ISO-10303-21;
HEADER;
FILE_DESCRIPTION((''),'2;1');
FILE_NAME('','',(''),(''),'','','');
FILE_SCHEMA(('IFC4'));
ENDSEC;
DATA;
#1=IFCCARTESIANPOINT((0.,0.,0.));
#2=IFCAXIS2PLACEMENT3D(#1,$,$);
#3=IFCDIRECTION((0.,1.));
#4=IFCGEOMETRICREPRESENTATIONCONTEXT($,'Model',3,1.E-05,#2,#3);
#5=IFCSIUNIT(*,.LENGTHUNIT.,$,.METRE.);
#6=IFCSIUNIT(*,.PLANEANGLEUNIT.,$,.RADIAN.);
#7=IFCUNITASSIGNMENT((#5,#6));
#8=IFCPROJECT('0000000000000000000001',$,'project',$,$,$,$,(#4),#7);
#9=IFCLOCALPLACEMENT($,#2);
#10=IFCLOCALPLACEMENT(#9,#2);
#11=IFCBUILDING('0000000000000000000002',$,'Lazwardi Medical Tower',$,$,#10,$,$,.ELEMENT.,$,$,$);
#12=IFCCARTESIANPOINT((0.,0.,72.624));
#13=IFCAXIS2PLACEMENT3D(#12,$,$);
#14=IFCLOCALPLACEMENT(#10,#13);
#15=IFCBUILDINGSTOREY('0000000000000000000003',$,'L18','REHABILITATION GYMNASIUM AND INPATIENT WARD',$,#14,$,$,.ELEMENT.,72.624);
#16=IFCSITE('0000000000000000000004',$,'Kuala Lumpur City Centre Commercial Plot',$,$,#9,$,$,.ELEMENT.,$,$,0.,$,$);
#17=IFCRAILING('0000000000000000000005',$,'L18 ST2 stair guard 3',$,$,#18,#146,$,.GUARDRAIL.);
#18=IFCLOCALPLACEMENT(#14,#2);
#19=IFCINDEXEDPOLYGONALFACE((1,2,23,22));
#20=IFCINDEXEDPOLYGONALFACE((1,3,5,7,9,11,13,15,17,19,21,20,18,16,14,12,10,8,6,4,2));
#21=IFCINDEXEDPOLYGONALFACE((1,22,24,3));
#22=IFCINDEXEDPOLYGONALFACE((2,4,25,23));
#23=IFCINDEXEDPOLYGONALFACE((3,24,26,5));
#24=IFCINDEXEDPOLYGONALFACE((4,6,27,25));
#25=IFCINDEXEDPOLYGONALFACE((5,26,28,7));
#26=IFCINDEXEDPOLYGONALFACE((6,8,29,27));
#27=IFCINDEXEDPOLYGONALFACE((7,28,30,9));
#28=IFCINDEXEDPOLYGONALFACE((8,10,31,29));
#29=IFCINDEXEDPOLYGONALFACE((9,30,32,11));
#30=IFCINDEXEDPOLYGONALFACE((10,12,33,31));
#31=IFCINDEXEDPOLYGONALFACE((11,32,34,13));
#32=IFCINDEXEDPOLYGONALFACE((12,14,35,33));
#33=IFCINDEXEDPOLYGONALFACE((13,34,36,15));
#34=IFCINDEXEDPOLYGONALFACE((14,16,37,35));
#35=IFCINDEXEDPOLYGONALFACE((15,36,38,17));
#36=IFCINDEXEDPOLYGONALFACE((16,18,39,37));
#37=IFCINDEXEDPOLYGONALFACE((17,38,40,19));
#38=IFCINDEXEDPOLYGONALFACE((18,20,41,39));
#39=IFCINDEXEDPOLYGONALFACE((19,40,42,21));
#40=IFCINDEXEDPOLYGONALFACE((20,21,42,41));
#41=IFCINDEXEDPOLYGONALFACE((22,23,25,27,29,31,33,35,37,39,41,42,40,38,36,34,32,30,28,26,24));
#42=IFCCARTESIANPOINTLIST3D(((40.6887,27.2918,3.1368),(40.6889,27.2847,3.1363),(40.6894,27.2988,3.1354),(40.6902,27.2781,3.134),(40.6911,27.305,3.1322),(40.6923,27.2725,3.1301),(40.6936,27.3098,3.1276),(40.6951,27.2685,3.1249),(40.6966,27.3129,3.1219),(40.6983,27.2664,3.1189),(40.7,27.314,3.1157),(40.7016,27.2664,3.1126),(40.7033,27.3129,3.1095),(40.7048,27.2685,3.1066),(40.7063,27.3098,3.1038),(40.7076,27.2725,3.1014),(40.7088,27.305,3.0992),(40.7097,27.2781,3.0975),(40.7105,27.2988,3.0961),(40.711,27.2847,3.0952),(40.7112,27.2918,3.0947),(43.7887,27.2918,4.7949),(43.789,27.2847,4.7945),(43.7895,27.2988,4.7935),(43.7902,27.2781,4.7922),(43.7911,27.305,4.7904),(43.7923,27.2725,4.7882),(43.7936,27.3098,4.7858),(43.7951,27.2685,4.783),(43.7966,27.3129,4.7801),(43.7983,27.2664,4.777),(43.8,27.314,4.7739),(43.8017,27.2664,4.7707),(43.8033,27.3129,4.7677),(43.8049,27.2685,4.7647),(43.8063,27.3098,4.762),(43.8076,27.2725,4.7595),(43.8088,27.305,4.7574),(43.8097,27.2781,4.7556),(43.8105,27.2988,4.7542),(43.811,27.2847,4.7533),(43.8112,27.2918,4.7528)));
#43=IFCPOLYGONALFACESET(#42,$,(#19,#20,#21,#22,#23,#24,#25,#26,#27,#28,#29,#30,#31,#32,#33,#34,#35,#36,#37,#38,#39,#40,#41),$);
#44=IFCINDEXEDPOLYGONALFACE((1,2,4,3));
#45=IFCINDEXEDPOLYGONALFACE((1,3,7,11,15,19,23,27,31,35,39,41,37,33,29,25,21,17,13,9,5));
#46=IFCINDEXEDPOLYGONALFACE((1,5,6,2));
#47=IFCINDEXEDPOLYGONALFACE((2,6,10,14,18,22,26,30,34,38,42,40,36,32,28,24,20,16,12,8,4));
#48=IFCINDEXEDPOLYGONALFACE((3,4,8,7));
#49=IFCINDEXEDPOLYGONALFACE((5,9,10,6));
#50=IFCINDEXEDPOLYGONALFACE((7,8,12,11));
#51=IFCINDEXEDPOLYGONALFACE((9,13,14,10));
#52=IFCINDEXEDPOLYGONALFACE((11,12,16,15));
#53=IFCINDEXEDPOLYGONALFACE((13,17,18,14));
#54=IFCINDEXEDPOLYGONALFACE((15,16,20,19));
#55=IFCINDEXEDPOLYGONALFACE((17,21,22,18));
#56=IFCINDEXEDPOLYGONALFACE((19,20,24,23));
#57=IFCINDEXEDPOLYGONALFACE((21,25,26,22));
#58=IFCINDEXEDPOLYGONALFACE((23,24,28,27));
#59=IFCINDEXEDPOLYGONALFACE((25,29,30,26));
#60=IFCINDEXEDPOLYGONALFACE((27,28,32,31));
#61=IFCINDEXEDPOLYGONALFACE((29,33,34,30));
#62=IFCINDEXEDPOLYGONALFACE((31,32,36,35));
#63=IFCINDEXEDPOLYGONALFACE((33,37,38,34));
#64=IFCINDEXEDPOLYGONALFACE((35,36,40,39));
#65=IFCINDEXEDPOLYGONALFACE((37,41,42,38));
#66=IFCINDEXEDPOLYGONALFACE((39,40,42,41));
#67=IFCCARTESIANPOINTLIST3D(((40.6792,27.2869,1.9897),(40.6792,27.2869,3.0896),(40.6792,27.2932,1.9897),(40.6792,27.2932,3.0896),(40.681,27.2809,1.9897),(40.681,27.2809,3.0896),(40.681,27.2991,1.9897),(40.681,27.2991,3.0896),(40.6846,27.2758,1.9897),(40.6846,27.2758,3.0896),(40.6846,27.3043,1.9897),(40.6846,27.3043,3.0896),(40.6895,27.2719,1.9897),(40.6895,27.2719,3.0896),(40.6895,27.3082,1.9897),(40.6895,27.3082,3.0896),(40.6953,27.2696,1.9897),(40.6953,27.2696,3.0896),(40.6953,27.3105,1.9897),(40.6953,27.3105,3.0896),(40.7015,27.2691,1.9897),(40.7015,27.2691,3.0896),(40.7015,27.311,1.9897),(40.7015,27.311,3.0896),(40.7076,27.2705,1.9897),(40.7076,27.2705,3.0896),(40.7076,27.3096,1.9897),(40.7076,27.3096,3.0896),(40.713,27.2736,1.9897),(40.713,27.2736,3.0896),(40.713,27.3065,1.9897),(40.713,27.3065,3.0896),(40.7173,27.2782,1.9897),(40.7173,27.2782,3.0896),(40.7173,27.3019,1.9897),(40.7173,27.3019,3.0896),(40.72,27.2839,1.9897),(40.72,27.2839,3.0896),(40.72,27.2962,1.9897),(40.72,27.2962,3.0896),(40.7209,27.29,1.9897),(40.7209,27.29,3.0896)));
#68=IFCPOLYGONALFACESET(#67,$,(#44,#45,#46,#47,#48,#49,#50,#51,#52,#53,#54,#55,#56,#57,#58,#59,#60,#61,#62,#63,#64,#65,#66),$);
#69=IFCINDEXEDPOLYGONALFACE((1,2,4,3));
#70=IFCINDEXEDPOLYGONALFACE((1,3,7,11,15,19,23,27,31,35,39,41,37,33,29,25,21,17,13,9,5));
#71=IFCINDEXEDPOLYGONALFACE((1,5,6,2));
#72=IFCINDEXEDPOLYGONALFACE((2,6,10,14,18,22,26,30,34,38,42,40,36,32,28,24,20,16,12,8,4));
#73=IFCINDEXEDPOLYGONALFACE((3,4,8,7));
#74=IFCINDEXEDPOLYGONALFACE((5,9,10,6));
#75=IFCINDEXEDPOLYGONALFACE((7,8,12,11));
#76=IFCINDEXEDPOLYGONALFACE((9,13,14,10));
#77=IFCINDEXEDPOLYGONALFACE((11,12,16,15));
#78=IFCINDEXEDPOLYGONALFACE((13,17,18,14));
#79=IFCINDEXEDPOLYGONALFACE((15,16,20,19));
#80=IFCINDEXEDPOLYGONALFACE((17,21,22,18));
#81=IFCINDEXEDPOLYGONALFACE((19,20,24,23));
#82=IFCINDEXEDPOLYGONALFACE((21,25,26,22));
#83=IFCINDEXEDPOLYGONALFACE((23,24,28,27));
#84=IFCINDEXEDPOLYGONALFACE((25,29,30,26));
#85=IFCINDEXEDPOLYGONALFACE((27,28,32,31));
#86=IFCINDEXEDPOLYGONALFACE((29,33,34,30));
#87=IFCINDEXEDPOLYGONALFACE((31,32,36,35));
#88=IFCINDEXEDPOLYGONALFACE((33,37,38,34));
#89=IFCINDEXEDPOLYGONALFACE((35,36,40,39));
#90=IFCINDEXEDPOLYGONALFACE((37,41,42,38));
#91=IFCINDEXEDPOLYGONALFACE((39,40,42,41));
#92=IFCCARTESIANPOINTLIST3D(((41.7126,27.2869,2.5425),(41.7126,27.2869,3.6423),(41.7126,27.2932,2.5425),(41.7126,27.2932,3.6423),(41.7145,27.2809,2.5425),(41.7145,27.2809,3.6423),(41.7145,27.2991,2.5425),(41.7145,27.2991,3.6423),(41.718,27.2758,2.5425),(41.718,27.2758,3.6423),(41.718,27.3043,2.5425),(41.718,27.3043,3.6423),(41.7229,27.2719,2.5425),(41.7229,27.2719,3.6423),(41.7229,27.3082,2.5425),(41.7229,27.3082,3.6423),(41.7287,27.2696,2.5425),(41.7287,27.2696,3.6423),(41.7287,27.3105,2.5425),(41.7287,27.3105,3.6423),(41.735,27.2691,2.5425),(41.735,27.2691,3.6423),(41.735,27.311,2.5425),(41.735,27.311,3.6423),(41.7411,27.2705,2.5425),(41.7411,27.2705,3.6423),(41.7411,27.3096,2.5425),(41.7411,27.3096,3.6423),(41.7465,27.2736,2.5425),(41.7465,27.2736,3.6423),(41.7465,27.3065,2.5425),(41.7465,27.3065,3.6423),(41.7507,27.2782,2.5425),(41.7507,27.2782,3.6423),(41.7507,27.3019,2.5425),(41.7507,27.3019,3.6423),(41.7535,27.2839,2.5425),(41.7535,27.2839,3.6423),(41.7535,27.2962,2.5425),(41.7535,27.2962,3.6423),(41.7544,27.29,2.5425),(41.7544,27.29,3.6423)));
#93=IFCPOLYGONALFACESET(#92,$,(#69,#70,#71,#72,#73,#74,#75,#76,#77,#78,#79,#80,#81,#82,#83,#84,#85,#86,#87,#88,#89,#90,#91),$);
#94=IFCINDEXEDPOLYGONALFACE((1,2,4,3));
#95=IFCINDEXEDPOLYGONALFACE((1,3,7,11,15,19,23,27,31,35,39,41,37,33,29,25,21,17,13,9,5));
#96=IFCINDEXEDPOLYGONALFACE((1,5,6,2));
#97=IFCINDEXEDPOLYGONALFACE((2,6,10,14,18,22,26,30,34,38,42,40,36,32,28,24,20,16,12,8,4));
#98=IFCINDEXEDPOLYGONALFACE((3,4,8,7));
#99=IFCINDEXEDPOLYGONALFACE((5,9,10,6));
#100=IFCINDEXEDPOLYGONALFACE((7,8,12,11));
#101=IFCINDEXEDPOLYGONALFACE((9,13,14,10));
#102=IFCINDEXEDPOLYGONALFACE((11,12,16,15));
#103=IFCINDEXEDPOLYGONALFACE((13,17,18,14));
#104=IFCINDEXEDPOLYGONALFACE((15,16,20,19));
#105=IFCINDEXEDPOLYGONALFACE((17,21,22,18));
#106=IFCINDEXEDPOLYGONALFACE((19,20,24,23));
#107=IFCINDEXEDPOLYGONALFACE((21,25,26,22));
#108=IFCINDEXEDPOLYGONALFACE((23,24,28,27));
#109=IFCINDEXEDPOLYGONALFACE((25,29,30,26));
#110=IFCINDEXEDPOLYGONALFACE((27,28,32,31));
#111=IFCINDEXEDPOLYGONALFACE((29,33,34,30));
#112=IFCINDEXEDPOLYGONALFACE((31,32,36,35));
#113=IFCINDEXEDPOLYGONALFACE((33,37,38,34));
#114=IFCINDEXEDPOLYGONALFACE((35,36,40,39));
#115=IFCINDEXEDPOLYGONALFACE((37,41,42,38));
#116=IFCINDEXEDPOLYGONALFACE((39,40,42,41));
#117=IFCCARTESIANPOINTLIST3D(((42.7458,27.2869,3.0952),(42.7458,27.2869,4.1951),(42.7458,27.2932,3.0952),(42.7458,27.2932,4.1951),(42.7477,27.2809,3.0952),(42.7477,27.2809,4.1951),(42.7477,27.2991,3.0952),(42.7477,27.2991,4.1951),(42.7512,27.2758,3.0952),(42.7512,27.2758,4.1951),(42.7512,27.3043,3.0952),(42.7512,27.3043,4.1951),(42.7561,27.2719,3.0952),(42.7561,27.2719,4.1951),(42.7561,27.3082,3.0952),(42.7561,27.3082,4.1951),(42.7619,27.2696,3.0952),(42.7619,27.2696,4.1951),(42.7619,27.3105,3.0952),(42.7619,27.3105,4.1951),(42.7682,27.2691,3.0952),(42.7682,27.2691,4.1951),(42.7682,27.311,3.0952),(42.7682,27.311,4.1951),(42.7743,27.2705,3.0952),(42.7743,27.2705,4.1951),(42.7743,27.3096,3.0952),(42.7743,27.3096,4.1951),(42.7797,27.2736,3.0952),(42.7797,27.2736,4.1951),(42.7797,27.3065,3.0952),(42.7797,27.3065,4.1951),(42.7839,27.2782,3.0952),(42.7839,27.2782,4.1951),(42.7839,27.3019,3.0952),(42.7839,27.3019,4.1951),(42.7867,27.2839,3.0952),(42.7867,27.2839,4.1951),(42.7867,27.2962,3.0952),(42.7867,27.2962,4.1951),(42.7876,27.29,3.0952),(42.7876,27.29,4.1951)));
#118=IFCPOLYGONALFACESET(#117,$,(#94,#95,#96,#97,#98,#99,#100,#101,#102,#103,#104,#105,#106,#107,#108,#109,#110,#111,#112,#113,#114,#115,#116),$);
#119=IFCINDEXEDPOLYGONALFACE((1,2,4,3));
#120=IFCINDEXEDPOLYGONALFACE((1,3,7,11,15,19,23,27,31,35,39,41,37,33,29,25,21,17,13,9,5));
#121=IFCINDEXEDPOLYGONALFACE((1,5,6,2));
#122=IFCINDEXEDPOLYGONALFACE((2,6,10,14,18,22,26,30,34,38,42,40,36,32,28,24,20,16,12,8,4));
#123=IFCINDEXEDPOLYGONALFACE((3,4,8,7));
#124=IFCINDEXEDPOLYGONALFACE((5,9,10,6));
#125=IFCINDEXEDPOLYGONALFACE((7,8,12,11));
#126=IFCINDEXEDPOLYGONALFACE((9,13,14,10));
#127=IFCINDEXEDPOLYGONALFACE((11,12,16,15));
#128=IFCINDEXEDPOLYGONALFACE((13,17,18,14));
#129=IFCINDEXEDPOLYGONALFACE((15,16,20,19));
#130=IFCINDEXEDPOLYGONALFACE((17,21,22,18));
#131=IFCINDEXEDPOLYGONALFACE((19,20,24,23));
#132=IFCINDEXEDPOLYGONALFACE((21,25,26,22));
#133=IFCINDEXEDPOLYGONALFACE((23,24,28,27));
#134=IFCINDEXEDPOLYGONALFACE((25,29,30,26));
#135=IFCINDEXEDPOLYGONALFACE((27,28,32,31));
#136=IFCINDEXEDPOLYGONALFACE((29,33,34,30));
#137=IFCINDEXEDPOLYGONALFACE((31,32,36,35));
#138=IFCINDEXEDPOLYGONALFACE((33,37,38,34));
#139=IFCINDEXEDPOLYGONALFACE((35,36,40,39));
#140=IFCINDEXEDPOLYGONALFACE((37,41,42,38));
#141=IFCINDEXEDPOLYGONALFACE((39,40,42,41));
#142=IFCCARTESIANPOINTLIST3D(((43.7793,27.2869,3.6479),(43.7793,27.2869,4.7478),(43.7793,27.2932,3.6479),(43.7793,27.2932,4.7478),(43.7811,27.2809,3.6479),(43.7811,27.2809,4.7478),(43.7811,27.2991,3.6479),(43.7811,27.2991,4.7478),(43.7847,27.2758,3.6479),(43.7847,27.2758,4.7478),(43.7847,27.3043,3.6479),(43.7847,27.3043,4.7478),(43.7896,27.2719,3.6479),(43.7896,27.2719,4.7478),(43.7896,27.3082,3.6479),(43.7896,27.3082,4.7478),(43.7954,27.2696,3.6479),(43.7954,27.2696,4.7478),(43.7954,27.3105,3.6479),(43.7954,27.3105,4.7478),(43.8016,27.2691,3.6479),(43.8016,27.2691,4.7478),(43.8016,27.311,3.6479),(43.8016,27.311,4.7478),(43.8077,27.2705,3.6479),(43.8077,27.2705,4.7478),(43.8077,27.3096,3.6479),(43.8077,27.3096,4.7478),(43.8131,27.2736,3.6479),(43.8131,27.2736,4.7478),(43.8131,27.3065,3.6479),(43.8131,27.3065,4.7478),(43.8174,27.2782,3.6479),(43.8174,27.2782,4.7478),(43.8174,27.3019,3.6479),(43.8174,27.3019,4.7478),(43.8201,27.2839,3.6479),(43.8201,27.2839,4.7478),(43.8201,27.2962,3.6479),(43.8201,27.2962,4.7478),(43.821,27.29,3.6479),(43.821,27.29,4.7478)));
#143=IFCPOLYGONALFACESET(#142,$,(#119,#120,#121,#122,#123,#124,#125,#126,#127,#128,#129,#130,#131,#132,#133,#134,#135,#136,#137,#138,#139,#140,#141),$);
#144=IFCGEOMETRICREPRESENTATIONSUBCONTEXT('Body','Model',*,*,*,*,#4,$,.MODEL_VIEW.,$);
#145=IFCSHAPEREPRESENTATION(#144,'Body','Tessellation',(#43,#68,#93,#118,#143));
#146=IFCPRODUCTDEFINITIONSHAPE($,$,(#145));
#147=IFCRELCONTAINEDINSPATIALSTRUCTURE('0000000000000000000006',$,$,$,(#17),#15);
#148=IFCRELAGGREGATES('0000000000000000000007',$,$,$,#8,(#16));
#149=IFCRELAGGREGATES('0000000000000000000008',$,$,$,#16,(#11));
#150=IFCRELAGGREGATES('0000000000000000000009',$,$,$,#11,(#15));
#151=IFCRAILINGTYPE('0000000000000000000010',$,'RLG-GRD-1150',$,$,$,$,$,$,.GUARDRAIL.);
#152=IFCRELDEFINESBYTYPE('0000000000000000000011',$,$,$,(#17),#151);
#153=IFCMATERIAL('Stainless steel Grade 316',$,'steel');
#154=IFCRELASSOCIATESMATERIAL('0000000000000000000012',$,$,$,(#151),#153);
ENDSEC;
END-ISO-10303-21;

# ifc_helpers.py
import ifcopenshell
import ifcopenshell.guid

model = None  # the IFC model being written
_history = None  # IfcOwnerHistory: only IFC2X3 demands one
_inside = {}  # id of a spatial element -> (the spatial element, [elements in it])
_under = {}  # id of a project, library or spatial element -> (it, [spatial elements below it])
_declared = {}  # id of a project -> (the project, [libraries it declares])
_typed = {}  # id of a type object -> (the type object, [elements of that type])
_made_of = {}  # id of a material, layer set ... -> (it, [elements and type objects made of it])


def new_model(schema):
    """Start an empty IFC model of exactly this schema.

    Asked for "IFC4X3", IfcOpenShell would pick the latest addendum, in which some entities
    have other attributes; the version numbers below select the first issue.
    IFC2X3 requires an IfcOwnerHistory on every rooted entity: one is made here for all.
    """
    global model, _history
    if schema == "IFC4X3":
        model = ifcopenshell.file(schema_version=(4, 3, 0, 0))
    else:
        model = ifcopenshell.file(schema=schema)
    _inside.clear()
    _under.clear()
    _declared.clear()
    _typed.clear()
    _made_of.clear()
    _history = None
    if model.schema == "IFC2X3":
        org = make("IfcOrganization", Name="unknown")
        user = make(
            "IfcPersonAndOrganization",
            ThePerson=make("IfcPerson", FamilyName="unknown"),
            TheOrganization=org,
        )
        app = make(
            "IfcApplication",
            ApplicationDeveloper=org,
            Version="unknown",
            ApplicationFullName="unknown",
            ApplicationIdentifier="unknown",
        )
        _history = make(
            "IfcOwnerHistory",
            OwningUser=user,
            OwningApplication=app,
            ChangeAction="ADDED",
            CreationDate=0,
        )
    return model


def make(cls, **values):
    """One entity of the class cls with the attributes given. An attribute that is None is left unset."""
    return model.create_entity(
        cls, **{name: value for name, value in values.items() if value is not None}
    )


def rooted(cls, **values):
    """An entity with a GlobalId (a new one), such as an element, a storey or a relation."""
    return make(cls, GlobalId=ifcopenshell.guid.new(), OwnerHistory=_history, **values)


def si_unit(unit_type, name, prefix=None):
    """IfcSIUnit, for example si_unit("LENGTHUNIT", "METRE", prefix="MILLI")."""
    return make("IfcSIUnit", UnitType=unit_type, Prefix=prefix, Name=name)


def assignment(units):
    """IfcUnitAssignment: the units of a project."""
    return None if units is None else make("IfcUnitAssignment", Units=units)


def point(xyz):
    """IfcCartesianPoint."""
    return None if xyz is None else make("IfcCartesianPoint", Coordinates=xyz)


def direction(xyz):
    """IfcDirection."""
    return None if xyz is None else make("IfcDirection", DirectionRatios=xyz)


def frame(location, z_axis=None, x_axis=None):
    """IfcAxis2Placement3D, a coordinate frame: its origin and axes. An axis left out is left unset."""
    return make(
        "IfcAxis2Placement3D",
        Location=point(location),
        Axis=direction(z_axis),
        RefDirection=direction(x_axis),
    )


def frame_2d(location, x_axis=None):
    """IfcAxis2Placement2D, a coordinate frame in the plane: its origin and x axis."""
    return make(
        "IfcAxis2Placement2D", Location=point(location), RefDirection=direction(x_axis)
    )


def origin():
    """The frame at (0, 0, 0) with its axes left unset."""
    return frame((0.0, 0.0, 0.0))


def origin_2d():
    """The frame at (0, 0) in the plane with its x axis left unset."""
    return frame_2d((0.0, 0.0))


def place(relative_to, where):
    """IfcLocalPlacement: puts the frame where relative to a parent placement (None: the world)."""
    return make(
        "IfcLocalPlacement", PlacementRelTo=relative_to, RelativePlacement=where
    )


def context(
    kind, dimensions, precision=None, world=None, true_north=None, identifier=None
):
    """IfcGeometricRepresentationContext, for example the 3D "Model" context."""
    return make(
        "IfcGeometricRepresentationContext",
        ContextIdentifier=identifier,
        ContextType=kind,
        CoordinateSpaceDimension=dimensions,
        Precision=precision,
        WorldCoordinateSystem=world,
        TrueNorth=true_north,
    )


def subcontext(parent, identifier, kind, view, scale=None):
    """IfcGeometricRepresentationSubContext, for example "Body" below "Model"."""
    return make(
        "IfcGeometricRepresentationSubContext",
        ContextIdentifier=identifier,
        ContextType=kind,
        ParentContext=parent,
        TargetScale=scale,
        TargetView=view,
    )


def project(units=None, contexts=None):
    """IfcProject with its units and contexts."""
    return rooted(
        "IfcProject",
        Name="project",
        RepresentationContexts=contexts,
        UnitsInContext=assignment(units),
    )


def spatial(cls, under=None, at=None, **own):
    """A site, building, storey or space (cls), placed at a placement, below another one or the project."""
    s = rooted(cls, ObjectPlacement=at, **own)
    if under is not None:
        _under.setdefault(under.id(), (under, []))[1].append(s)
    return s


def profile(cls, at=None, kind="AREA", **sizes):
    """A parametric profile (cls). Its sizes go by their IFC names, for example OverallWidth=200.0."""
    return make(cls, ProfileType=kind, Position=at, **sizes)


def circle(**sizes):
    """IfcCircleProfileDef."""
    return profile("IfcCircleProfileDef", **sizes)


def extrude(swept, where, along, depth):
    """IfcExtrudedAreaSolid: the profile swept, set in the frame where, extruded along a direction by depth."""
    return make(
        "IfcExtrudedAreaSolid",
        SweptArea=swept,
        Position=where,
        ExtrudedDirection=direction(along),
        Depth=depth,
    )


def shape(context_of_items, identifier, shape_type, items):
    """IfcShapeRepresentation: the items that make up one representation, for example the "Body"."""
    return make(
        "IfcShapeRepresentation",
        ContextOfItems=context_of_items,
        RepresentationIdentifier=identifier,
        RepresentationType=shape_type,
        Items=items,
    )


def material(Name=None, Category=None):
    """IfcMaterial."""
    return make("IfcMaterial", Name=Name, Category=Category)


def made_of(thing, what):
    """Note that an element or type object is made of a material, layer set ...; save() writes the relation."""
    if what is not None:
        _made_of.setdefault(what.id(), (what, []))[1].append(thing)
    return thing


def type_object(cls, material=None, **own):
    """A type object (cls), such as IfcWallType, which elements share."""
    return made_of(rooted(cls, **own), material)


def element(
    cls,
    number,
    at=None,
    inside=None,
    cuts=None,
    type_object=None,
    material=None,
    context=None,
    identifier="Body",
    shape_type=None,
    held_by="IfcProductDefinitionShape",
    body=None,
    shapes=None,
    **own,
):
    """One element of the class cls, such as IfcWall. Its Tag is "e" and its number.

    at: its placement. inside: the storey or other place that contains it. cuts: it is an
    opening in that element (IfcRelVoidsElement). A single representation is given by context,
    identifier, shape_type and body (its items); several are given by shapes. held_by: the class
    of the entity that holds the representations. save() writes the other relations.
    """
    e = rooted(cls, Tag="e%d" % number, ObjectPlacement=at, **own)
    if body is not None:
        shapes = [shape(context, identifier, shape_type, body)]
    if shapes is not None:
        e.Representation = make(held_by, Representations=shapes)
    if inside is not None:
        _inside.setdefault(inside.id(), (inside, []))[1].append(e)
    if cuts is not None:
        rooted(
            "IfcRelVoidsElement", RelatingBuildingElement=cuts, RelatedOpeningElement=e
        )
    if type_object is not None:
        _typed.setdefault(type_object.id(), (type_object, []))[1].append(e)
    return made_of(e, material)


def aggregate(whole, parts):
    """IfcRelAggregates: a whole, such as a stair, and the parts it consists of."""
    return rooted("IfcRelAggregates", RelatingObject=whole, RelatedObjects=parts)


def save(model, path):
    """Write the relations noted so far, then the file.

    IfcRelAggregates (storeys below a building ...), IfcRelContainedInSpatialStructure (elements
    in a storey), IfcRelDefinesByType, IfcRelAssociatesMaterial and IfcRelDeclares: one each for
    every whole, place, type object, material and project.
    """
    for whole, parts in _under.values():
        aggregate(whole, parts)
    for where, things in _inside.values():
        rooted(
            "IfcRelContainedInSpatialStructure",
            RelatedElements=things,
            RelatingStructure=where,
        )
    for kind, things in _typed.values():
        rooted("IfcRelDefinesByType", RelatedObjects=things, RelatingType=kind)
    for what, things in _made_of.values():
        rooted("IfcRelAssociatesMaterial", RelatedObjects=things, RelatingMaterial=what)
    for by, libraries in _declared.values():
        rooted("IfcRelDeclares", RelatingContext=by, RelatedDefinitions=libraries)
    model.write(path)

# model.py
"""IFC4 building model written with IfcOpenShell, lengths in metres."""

from ifc_helpers import new_model, si_unit, direction, frame, origin, origin_2d, place, context, subcontext, project, spatial, circle, extrude, material, type_object, element, save


model = new_model("IFC4")

# Units and contexts
model_context = context("Model", 3, precision=1e-05, world=origin(), true_north=direction((0.0, 1.0)))
body_context = subcontext(model_context, "Body", "Model", "MODEL_VIEW")
ifc_project = project(units=[si_unit("LENGTHUNIT", "METRE"), si_unit("PLANEANGLEUNIT", "RADIAN")], contexts=[model_context])

# Site, building, storey
site_placement = place(None, origin())
site = spatial("IfcSite", under=ifc_project, at=site_placement, Name="Kuala Lumpur City Centre Commercial Plot", CompositionType="ELEMENT", RefElevation=0.0)
building_placement = place(site_placement, origin())
building = spatial("IfcBuilding", under=site, at=building_placement, Name="Lazwardi Medical Tower", CompositionType="ELEMENT")
storey_placement = place(building_placement, frame((0.0, 0.0, 72.624)))
storey = spatial("IfcBuildingStorey", under=building, at=storey_placement, Name="L18", Description="REHABILITATION GYMNASIUM AND INPATIENT WARD", CompositionType="ELEMENT", Elevation=72.624)

# Railing
ifc_material_1 = material(Name="Stainless steel Grade 316", Category="steel")
railing_type_1 = type_object("IfcRailingType", Name="RLG-GRD-1150", PredefinedType="GUARDRAIL", material=ifc_material_1)
railing_1_placement = place(storey_placement, frame((40.7, 27.29, 1.9897)))
element("IfcRailing", 1, at=railing_1_placement, inside=storey, type_object=railing_type_1, Name="L18 ST2 stair guard 3", PredefinedType="GUARDRAIL", context=body_context, shape_type="SweptSolid", body=[
    extrude(circle(Radius=0.0239, at=origin_2d()), frame((0.0, 0.0, 1.126), z_axis=(0.881783, 0.0, 0.471655), x_axis=(0.0, 1.0, 0.0)), (0.0, 0.0, 1.0), 3.5156),
    extrude(circle(Radius=0.021, at=origin_2d()), origin(), (0.0, 0.0, 1.0), 1.0999),
    extrude(circle(Radius=0.021, at=origin_2d()), frame((1.0334, 0.0, 0.5527)), (0.0, 0.0, 1.0), 1.0999),
    extrude(circle(Radius=0.021, at=origin_2d()), frame((2.0667, 0.0, 1.1055)), (0.0, 0.0, 1.0), 1.0999),
    extrude(circle(Radius=0.021, at=origin_2d()), frame((3.1001, 0.0, 1.6582)), (0.0, 0.0, 1.0), 1.0999),
])

save(model, "model.ifc")
